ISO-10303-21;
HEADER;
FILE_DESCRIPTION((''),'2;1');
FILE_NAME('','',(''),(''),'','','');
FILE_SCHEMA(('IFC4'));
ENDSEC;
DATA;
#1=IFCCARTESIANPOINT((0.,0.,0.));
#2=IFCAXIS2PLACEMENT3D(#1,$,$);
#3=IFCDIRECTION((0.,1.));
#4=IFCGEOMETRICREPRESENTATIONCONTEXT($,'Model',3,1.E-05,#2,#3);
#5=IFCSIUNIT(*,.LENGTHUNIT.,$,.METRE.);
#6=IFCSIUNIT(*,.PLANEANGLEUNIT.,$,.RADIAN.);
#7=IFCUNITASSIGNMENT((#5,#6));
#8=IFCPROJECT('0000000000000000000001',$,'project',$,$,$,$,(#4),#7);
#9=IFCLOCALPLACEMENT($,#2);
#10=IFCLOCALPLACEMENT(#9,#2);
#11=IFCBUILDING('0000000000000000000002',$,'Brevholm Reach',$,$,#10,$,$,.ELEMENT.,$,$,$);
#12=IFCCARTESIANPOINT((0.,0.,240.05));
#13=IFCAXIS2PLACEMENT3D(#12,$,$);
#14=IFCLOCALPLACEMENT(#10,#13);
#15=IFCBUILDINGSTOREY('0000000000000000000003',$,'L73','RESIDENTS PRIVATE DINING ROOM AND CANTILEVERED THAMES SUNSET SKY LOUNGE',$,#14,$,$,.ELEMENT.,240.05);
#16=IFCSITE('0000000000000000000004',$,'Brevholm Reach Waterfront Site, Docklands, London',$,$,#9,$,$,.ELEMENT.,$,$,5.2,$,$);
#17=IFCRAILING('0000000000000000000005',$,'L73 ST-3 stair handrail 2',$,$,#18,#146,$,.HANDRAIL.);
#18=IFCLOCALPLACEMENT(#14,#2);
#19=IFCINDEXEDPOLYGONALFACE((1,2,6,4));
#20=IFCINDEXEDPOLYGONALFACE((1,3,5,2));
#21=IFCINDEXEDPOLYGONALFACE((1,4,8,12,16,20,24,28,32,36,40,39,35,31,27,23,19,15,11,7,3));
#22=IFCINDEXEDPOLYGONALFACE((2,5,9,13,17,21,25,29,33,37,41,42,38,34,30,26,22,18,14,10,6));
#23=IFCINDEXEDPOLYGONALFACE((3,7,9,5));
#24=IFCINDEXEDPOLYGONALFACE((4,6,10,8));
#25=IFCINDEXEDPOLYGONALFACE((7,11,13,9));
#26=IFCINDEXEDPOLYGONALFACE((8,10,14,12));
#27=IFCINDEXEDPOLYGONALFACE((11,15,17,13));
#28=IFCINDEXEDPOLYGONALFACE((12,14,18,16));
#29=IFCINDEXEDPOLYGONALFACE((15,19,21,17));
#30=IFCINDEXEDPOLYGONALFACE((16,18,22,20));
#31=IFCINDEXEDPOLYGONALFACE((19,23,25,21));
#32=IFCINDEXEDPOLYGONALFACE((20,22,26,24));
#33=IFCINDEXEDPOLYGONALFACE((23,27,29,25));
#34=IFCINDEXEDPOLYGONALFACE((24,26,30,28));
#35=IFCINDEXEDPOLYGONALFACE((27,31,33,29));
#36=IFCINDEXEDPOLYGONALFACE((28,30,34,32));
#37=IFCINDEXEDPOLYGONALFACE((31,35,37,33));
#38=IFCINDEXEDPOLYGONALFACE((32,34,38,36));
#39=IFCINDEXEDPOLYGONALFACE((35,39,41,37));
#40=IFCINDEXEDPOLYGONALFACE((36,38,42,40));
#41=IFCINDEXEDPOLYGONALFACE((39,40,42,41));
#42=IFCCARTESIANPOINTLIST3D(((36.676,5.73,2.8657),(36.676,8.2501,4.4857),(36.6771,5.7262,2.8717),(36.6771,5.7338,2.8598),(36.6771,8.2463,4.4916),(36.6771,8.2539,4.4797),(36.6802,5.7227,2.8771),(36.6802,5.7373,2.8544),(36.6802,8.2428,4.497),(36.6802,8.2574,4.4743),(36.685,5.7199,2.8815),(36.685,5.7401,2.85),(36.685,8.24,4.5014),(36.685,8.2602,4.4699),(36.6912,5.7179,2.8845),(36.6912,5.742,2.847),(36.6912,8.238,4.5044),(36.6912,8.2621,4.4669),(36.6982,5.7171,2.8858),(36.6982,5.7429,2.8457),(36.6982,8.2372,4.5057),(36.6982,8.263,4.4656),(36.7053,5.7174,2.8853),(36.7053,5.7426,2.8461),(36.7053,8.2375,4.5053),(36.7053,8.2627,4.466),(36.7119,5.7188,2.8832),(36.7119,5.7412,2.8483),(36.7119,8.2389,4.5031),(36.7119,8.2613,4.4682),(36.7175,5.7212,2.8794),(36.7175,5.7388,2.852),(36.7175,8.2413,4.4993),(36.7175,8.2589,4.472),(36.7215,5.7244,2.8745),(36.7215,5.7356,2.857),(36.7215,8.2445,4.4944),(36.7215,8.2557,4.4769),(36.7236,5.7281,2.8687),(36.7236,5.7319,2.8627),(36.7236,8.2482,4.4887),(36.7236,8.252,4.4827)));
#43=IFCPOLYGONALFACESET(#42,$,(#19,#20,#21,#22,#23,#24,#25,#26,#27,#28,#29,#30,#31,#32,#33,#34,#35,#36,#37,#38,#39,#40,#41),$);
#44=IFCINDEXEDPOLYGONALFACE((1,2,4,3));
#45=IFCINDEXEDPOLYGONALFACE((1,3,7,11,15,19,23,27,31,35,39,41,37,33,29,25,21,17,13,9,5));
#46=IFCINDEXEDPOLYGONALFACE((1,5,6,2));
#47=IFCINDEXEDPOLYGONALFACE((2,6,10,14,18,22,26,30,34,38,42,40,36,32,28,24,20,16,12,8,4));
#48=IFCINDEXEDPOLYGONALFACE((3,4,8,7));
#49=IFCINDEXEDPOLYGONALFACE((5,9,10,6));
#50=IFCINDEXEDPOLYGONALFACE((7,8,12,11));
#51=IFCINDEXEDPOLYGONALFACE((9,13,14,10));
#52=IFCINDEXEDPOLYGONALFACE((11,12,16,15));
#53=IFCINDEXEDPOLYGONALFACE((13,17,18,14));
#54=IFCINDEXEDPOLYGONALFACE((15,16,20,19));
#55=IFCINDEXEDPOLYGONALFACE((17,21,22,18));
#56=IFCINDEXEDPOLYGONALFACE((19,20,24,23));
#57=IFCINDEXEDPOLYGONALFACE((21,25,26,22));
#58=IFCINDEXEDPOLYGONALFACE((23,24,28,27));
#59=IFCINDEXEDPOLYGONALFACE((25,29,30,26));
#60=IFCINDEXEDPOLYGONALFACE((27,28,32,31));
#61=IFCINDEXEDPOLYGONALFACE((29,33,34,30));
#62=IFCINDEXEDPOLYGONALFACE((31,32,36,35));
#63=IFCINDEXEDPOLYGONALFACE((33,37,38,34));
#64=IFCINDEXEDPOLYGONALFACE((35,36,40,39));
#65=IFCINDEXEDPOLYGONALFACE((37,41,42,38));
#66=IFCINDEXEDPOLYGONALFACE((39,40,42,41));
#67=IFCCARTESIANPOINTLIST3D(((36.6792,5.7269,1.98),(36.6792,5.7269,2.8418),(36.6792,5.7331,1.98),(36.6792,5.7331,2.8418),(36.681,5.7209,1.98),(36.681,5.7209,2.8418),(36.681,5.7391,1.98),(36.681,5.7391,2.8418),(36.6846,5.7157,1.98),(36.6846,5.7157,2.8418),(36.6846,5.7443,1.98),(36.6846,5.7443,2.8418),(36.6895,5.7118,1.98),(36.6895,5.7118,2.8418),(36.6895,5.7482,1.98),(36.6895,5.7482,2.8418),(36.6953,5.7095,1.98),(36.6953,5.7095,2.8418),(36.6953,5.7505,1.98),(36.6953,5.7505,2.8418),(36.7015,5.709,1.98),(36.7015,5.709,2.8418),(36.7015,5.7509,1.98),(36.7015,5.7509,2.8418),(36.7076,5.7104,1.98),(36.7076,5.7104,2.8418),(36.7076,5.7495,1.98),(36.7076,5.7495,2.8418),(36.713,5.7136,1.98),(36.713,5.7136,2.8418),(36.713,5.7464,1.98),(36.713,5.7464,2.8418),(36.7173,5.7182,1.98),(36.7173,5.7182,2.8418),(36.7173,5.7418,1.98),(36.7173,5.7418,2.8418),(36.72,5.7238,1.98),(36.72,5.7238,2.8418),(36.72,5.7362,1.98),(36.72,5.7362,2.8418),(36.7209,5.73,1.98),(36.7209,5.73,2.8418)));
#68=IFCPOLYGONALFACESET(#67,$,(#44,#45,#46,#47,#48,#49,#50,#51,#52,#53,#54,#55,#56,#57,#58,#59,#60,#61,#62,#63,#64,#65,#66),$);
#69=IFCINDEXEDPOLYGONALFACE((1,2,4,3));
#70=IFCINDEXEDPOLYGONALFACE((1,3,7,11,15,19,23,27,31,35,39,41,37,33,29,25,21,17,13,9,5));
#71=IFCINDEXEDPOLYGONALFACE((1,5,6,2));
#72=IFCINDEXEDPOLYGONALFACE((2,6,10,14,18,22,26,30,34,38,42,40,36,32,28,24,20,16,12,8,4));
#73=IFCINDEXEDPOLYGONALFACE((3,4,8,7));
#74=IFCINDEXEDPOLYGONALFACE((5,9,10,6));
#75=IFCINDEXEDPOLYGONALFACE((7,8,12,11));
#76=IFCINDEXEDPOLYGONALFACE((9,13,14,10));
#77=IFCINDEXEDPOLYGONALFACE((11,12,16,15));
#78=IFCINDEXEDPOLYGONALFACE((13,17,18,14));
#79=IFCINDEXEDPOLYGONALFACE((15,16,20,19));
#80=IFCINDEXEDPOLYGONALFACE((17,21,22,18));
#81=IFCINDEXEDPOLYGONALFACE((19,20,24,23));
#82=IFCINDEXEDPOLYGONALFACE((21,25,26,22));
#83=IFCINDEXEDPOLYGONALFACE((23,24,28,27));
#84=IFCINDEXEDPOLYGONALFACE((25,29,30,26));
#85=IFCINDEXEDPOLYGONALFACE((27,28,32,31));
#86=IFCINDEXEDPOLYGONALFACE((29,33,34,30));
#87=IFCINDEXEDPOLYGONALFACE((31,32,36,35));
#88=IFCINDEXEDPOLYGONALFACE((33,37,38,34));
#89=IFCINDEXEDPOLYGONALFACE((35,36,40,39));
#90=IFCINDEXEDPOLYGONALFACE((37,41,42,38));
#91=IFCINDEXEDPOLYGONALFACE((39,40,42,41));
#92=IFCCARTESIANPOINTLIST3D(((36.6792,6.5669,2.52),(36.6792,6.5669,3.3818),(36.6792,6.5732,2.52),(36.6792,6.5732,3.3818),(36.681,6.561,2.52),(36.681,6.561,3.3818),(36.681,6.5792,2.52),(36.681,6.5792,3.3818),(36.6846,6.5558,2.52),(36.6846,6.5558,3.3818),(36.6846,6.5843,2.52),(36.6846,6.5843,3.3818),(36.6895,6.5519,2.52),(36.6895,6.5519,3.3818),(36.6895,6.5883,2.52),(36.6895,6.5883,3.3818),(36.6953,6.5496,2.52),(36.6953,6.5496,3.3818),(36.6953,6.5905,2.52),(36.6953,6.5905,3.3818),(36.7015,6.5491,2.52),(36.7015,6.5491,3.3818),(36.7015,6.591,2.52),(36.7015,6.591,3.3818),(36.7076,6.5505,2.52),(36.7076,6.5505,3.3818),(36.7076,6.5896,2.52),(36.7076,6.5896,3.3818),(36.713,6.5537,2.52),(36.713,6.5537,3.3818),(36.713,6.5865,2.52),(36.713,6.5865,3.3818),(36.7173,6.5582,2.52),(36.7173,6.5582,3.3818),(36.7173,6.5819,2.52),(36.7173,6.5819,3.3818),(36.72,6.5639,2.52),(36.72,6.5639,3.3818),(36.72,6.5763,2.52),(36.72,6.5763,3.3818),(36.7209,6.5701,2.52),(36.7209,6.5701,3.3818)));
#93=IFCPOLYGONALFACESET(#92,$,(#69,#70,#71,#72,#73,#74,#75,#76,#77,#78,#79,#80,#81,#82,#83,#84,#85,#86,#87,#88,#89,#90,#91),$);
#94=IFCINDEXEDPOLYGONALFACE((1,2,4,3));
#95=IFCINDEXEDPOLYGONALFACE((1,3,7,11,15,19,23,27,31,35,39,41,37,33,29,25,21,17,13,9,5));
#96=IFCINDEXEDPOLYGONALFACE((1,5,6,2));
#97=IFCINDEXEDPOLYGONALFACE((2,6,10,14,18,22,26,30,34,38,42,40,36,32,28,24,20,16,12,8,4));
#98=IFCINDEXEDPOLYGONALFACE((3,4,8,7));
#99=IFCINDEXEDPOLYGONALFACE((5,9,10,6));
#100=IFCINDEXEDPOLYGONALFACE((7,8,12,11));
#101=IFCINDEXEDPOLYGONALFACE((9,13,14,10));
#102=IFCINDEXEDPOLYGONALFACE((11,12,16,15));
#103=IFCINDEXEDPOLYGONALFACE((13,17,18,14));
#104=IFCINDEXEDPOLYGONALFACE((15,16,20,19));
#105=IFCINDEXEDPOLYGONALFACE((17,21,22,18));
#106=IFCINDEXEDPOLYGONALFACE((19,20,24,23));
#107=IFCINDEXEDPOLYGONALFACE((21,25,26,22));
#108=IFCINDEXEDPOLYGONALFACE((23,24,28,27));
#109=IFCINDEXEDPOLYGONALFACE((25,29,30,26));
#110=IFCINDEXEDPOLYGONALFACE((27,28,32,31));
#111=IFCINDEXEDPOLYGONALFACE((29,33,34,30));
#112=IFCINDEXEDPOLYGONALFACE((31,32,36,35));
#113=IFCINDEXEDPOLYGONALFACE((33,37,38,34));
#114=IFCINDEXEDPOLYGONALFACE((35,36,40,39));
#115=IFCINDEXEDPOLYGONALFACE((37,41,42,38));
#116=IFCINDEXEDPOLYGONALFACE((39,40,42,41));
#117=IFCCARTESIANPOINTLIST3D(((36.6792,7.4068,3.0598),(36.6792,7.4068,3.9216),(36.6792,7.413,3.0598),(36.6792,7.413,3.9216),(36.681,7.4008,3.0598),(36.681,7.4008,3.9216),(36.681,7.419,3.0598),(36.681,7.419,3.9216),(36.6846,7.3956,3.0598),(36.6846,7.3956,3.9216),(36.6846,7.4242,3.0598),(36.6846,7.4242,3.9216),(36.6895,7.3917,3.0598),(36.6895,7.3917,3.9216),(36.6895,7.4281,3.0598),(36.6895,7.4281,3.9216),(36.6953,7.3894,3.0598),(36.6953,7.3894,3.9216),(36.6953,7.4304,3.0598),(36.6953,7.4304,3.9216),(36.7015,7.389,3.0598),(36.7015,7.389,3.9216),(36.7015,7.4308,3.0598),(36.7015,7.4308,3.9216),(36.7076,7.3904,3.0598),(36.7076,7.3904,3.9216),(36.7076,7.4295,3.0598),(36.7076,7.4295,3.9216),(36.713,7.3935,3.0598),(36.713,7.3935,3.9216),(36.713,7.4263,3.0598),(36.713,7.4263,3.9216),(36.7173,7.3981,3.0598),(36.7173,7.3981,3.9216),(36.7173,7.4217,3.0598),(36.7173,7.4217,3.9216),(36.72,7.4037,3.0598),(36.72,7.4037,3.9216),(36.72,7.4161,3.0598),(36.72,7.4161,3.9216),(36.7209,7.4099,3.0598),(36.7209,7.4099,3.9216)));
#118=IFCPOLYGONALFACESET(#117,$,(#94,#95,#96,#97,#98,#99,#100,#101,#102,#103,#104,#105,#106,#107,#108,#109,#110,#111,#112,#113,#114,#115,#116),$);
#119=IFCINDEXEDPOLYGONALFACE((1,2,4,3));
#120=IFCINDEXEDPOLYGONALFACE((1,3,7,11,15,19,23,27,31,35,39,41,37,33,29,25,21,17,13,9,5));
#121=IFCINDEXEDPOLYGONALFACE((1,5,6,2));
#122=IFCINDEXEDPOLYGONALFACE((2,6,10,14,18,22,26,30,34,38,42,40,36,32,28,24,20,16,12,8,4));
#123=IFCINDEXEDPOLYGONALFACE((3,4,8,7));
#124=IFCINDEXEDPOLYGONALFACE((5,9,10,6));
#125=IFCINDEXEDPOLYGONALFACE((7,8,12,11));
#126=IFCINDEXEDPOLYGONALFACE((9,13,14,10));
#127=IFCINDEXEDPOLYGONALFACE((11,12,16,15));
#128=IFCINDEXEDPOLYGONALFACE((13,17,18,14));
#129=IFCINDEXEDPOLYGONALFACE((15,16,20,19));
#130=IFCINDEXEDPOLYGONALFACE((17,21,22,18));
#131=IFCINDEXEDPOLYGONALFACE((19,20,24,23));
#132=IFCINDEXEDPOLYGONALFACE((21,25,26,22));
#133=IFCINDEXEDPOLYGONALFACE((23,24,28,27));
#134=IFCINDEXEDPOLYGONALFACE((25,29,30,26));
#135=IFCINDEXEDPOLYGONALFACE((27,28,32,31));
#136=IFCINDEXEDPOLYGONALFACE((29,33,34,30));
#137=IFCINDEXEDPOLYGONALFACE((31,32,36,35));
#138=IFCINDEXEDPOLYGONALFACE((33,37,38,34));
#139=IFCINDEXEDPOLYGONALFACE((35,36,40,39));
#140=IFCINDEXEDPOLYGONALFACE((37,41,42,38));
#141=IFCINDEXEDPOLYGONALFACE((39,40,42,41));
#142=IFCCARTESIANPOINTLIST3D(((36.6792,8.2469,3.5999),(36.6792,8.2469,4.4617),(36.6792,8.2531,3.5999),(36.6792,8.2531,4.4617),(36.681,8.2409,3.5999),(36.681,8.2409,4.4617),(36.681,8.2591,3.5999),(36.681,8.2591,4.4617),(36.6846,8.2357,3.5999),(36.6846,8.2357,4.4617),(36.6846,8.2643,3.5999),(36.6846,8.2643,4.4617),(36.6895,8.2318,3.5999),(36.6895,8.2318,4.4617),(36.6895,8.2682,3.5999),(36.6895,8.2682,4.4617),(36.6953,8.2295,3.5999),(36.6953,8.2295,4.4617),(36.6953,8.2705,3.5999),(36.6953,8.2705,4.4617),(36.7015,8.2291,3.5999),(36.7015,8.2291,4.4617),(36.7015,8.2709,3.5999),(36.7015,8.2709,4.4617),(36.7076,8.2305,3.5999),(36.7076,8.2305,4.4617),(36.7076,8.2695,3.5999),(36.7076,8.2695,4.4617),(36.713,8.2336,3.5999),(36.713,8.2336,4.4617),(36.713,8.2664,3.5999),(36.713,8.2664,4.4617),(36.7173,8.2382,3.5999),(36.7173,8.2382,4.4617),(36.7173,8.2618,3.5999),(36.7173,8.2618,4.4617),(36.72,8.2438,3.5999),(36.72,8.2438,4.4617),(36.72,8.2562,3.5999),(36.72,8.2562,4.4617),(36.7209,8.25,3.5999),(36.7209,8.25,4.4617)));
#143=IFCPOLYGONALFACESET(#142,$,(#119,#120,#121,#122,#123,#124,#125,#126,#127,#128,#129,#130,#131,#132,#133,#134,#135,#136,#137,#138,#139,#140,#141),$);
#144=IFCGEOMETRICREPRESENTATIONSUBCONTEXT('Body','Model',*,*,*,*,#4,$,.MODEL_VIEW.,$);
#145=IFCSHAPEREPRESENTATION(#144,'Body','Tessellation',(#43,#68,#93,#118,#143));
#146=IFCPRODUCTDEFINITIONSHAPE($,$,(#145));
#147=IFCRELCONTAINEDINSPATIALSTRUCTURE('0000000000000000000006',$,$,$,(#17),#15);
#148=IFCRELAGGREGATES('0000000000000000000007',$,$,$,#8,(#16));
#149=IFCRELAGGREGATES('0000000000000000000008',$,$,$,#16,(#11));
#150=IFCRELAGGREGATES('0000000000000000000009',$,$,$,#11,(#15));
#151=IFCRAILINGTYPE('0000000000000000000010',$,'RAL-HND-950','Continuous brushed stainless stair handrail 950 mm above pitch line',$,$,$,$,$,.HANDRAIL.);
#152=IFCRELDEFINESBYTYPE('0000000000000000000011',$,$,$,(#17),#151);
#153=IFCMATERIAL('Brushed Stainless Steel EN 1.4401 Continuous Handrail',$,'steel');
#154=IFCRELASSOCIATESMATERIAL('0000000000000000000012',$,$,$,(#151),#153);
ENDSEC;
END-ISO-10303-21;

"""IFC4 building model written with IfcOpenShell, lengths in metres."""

from ifc_helpers import new_model, si_unit, direction, frame, origin, origin_2d, place, context, subcontext, project, spatial, circle, extrude, material, type_object, element, save


model = new_model("IFC4")

# Units and contexts
model_context = context("Model", 3, precision=1e-05, world=origin(), true_north=direction((0.0, 1.0)))
body_context = subcontext(model_context, "Body", "Model", "MODEL_VIEW")
ifc_project = project(units=[si_unit("LENGTHUNIT", "METRE"), si_unit("PLANEANGLEUNIT", "RADIAN")], contexts=[model_context])

# Site, building, storey
site_placement = place(None, origin())
site = spatial("IfcSite", under=ifc_project, at=site_placement, Name="Brevholm Reach Waterfront Site, Docklands, London", CompositionType="ELEMENT", RefElevation=5.2)
building_placement = place(site_placement, origin())
building = spatial("IfcBuilding", under=site, at=building_placement, Name="Brevholm Reach", CompositionType="ELEMENT")
storey_placement = place(building_placement, frame((0.0, 0.0, 240.05)))
storey = spatial("IfcBuildingStorey", under=building, at=storey_placement, Name="L73", Description="RESIDENTS PRIVATE DINING ROOM AND CANTILEVERED THAMES SUNSET SKY LOUNGE", CompositionType="ELEMENT", Elevation=240.05)

# Railing
ifc_material_1 = material(Name="Brushed Stainless Steel EN 1.4401 Continuous Handrail", Category="steel")
railing_type_1 = type_object("IfcRailingType", Name="RAL-HND-950", Description="Continuous brushed stainless stair handrail 950 mm above pitch line", PredefinedType="HANDRAIL", material=ifc_material_1)
railing_1_placement = place(storey_placement, frame((36.7, 5.73, 1.98)))
element("IfcRailing", 1, at=railing_1_placement, inside=storey, type_object=railing_type_1, Name="L73 ST-3 stair handrail 2", PredefinedType="HANDRAIL", context=body_context, shape_type="SweptSolid", body=[
    extrude(circle(Radius=0.0239, at=origin_2d()), frame((0.0, 0.0, 0.8857), z_axis=(0.0, 0.8412, 0.540725), x_axis=(-1.0, 0.0, 0.0)), (0.0, 0.0, 1.0), 2.9958),
    extrude(circle(Radius=0.021, at=origin_2d()), origin(), (0.0, 0.0, 1.0), 0.8618),
    extrude(circle(Radius=0.021, at=origin_2d()), frame((0.0, 0.8401, 0.54)), (0.0, 0.0, 1.0), 0.8618),
    extrude(circle(Radius=0.021, at=origin_2d()), frame((0.0, 1.6799, 1.0798)), (0.0, 0.0, 1.0), 0.8618),
    extrude(circle(Radius=0.021, at=origin_2d()), frame((0.0, 2.52, 1.6199)), (0.0, 0.0, 1.0), 0.8618),
])

save(model, "model.ifc")
